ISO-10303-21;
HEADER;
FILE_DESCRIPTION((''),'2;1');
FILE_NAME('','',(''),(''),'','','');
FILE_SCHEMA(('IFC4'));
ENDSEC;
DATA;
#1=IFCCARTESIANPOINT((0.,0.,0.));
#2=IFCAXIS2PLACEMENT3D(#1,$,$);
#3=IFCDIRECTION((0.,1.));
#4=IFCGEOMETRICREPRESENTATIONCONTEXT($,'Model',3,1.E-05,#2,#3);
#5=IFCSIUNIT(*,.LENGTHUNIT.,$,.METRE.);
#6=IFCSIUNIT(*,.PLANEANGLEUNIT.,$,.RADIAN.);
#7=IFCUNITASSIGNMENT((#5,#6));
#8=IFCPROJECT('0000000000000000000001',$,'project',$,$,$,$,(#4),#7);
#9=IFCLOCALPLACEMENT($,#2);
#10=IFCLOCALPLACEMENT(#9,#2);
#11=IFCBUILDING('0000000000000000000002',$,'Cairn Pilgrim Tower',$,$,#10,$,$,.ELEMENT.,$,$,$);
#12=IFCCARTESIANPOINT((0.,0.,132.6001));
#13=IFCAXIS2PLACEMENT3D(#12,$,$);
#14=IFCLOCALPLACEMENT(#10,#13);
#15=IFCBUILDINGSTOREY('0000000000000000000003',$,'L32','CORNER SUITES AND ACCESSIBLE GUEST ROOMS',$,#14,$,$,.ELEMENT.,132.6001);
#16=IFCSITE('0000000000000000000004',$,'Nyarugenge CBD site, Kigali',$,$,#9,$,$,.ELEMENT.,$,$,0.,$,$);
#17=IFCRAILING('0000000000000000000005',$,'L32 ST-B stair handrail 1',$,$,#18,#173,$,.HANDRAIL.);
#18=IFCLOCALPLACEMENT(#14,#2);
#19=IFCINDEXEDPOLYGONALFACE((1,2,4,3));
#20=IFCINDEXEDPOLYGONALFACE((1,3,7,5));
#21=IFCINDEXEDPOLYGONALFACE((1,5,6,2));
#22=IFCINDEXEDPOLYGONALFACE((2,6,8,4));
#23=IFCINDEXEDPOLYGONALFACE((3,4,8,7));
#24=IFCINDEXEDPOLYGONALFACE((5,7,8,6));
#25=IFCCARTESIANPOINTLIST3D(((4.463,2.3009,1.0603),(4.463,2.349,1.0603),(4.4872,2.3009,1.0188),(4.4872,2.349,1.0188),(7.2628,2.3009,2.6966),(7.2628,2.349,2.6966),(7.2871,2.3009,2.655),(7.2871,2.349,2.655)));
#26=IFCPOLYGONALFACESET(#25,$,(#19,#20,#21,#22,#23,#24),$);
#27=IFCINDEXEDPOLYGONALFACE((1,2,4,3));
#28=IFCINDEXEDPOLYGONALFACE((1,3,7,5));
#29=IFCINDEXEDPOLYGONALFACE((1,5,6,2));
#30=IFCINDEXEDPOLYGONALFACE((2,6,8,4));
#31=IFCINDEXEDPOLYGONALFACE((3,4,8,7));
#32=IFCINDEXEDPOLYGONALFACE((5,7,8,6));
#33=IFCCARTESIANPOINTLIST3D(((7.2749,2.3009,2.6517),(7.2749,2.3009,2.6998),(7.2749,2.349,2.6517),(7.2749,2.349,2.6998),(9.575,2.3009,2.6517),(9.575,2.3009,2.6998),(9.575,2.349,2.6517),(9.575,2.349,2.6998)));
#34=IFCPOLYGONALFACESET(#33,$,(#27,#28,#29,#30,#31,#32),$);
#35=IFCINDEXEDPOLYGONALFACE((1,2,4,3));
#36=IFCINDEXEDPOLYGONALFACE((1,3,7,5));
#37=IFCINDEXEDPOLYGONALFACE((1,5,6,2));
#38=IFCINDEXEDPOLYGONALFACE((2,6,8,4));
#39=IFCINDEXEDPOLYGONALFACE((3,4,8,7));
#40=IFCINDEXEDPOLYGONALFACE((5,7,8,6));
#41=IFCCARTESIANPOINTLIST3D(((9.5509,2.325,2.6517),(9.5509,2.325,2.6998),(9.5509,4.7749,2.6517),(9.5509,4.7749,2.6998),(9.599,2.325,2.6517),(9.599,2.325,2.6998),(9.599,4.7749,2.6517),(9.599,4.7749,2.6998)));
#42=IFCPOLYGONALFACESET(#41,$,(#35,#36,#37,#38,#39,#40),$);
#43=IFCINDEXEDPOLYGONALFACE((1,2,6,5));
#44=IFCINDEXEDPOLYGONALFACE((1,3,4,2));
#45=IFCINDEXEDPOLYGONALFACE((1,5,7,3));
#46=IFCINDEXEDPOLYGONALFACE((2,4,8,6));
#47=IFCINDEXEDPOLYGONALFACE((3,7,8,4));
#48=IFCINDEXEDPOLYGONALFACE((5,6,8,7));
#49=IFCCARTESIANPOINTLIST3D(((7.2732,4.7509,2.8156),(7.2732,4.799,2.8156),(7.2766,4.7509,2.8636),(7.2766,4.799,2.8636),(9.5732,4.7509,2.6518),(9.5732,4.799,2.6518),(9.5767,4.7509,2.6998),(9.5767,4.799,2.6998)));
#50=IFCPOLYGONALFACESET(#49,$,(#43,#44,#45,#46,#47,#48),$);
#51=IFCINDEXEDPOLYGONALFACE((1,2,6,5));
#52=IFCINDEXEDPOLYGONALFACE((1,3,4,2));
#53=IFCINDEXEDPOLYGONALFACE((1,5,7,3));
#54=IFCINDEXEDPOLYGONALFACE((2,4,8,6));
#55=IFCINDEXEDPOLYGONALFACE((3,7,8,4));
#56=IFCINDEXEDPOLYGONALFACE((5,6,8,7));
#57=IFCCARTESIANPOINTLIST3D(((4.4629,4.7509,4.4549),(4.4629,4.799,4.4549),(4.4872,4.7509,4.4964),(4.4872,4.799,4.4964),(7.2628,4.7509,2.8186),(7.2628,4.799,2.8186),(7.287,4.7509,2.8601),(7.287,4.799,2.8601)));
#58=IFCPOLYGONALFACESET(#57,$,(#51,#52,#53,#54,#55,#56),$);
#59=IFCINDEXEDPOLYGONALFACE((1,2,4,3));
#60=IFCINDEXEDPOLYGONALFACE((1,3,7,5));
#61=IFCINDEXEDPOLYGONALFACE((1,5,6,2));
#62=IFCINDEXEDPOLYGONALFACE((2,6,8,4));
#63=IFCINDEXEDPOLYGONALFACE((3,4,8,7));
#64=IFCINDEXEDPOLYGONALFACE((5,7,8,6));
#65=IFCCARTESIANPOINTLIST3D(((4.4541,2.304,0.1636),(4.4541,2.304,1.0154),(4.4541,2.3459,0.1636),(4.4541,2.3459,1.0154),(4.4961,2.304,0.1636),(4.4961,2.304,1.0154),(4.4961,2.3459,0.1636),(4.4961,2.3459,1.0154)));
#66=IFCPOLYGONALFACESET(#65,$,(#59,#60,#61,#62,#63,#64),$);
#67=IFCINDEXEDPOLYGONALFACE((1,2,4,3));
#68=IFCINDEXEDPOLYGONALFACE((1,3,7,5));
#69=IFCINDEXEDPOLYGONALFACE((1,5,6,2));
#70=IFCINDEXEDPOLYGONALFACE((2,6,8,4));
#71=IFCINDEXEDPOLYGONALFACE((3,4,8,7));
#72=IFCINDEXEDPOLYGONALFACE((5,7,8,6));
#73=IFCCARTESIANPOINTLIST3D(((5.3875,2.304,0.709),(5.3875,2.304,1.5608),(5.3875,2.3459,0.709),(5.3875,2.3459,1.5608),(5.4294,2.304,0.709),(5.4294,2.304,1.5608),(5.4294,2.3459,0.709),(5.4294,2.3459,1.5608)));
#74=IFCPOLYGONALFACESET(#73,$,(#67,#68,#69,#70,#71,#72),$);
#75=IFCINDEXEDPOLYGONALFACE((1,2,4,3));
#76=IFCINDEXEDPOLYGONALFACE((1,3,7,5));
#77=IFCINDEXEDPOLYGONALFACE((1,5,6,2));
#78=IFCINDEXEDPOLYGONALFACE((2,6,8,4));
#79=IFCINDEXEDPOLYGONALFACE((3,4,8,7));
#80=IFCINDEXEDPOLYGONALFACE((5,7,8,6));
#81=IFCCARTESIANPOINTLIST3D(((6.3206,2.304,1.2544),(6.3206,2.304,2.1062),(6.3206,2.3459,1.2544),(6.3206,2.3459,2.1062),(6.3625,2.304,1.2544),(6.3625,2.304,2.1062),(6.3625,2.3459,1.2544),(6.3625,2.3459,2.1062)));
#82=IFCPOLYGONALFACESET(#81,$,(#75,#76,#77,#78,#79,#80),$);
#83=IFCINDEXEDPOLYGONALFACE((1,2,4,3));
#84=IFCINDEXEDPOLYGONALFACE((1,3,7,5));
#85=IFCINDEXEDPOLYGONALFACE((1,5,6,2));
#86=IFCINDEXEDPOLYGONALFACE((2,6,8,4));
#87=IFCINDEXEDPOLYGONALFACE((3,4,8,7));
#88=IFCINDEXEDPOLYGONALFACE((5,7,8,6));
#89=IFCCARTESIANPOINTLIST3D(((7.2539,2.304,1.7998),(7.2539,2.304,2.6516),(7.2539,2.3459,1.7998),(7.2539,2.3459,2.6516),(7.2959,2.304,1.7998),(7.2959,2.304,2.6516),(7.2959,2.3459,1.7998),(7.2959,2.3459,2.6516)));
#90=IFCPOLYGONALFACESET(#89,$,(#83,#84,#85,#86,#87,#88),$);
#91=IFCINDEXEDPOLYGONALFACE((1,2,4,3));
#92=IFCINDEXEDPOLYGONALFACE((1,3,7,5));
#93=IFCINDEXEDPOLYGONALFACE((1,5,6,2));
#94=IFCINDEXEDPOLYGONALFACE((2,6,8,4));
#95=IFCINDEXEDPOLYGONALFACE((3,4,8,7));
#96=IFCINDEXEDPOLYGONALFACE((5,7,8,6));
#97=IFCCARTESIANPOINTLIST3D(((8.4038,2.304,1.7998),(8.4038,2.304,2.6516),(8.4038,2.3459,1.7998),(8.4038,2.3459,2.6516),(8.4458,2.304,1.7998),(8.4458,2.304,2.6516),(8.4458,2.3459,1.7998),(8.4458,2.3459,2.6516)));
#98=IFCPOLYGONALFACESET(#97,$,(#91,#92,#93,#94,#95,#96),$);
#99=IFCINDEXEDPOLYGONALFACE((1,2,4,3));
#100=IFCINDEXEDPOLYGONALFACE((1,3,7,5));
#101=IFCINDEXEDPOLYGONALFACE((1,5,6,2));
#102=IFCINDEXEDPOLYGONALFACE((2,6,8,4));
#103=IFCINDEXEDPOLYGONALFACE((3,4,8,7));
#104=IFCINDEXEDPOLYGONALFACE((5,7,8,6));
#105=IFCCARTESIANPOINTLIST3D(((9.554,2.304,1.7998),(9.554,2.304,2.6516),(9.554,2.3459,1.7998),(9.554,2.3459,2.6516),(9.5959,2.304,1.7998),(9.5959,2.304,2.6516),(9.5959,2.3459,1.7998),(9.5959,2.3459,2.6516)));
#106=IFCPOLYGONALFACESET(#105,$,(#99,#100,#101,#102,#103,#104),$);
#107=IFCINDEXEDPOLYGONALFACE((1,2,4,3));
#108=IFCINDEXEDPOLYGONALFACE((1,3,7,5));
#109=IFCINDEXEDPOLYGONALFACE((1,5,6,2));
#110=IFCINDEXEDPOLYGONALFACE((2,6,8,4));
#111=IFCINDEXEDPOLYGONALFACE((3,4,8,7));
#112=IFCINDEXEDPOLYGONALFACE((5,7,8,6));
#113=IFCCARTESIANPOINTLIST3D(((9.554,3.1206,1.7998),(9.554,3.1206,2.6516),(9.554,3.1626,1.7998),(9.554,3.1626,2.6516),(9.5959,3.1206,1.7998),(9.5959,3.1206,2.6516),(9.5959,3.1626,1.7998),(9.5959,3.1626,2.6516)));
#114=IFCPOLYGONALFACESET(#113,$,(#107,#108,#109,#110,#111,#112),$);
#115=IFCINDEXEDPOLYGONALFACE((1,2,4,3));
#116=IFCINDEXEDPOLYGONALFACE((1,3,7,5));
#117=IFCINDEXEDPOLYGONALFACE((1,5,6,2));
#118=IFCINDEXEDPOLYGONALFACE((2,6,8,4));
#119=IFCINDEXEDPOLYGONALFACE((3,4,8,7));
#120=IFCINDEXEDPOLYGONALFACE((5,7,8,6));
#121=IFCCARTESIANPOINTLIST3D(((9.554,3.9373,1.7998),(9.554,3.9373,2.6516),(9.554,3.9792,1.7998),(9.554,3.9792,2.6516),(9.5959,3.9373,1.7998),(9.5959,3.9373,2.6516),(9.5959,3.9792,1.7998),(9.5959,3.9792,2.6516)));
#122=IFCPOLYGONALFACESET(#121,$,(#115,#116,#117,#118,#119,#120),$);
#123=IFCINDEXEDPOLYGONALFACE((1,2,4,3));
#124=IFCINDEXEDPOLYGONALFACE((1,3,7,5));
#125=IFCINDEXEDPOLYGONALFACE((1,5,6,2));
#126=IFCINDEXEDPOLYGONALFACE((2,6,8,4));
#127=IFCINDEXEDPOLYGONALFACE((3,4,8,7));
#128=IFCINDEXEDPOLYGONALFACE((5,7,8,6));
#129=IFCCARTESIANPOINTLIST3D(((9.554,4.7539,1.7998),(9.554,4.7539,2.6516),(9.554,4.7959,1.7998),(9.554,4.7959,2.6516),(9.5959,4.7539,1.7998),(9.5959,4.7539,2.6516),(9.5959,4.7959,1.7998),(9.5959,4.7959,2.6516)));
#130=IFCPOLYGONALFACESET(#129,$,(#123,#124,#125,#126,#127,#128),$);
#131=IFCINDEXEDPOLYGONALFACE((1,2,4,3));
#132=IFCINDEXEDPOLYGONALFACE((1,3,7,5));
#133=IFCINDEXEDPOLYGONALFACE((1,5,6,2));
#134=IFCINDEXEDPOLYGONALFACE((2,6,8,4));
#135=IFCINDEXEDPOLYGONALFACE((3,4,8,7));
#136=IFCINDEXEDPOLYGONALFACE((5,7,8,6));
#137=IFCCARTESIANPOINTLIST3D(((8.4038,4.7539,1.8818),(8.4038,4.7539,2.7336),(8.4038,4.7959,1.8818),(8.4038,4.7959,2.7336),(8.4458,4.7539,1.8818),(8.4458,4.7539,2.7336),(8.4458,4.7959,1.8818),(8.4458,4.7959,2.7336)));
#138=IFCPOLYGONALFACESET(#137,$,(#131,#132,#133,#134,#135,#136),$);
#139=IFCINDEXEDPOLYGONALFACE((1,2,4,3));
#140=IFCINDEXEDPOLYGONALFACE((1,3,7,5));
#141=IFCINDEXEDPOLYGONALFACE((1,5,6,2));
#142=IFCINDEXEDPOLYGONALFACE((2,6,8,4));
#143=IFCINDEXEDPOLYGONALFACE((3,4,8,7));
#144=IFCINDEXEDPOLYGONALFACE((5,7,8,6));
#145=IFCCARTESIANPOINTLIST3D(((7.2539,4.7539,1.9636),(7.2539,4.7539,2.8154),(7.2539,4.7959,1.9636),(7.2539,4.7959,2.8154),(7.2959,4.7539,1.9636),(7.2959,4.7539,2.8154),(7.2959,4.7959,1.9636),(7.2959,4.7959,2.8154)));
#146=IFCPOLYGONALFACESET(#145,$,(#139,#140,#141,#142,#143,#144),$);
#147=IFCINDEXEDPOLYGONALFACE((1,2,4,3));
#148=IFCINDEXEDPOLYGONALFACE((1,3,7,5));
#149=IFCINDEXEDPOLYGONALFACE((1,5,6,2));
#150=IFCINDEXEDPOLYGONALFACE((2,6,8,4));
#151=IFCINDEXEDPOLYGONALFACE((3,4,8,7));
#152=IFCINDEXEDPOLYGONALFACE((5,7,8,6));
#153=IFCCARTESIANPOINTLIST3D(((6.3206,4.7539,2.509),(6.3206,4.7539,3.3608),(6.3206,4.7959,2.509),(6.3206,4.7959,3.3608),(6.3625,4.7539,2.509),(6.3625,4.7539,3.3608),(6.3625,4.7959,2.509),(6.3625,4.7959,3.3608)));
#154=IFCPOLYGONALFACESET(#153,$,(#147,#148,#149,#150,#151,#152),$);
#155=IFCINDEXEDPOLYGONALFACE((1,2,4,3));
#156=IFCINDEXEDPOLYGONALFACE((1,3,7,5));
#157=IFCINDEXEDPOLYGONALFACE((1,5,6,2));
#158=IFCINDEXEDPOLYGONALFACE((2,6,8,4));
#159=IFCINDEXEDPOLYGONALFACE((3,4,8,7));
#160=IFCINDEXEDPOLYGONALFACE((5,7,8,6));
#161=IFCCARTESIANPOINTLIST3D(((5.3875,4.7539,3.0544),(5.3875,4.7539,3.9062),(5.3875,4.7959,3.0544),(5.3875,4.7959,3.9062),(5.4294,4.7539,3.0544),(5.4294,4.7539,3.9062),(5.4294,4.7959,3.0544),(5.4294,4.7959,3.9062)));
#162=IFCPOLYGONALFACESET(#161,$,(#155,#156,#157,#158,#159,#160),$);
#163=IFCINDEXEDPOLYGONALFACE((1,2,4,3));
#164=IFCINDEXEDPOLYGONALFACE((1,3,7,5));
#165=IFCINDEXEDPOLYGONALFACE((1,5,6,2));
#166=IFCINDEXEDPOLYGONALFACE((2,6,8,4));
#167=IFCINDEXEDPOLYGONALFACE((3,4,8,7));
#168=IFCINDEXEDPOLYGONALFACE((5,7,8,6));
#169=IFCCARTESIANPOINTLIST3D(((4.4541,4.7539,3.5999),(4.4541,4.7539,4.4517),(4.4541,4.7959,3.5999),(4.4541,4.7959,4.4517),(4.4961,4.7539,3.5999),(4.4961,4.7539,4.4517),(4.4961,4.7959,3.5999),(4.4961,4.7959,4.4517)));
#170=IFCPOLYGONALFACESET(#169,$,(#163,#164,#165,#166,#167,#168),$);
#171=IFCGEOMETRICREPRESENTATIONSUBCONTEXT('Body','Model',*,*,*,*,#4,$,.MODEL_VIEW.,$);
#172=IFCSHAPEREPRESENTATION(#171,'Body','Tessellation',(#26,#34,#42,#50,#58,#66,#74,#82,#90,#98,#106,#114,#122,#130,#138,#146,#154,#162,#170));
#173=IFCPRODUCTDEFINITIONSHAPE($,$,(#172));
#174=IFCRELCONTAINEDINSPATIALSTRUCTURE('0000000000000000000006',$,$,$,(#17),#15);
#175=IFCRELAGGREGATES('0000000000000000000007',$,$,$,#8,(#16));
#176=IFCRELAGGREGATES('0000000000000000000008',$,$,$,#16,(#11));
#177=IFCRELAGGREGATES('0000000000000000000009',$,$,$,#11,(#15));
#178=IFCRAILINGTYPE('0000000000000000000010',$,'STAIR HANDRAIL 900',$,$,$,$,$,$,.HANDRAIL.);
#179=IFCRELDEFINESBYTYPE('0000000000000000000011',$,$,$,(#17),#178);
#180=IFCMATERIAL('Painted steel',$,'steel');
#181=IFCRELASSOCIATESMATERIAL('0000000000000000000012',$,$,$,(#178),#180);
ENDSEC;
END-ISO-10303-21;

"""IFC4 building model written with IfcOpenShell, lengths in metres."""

from ifc_helpers import new_model, si_unit, direction, frame, origin, origin_2d, place, context, subcontext, project, spatial, rectangle, extrude, material, type_object, element, save


model = new_model("IFC4")

# Units and contexts
model_context = context("Model", 3, precision=1e-05, world=origin(), true_north=direction((0.0, 1.0)))
body_context = subcontext(model_context, "Body", "Model", "MODEL_VIEW")
ifc_project = project(units=[si_unit("LENGTHUNIT", "METRE"), si_unit("PLANEANGLEUNIT", "RADIAN")], contexts=[model_context])

# Site, building, storey
site_placement = place(None, origin())
site = spatial("IfcSite", under=ifc_project, at=site_placement, Name="Nyarugenge CBD site, Kigali", CompositionType="ELEMENT", RefElevation=0.0)
building_placement = place(site_placement, origin())
building = spatial("IfcBuilding", under=site, at=building_placement, Name="Cairn Pilgrim Tower", CompositionType="ELEMENT")
storey_placement = place(building_placement, frame((0.0, 0.0, 132.6001)))
storey = spatial("IfcBuildingStorey", under=building, at=storey_placement, Name="L32", Description="CORNER SUITES AND ACCESSIBLE GUEST ROOMS", CompositionType="ELEMENT", Elevation=132.6001)

# Shared definitions
ifc_material_1 = material(Name="Painted steel", Category="steel")

# Railing
railing_type = type_object("IfcRailingType", Name="STAIR HANDRAIL 900", PredefinedType="HANDRAIL", material=ifc_material_1)
railing_placement = place(storey_placement, frame((4.4751, 2.325, 0.1636)))
element("IfcRailing", 1, at=railing_placement, inside=storey, type_object=railing_type, Name="L32 ST-B stair handrail 1", PredefinedType="HANDRAIL", context=body_context, shape_type="SweptSolid", body=[
    extrude(rectangle(XDim=0.0481, YDim=0.0481, at=origin_2d()), frame((0.0, 0.0, 0.876), z_axis=(0.863374, 0.0, 0.504564), x_axis=(0.0, 1.0, 0.0)), (0.0, 0.0, 1.0), 3.2429),
    extrude(rectangle(XDim=0.0481, YDim=0.0481, at=origin_2d()), frame((2.7998, 0.0, 2.5122), z_axis=(1.0, 0.0, 0.0), x_axis=(0.0, 1.0, 0.0)), (0.0, 0.0, 1.0), 2.3),
    extrude(rectangle(XDim=0.0481, YDim=0.0481, at=origin_2d()), frame((5.0999, 0.0, 2.5122), z_axis=(0.0, 1.0, 0.0), x_axis=(-1.0, 0.0, 0.0)), (0.0, 0.0, 1.0), 2.45),
    extrude(rectangle(XDim=0.0481, YDim=0.0481, at=origin_2d()), frame((5.0999, 2.45, 2.5122), z_axis=(-0.997473, 0.0, 0.071044), x_axis=(0.0, -1.0, 0.0)), (0.0, 0.0, 1.0), 2.3059),
    extrude(rectangle(XDim=0.0481, YDim=0.0481, at=origin_2d()), frame((2.7998, 2.45, 2.6758), z_axis=(-0.863374, 0.0, 0.504564), x_axis=(0.0, -1.0, 0.0)), (0.0, 0.0, 1.0), 3.2429),
    extrude(rectangle(XDim=0.042, YDim=0.042, at=origin_2d()), origin(), (0.0, 0.0, 1.0), 0.8518),
    extrude(rectangle(XDim=0.042, YDim=0.042, at=origin_2d()), frame((0.9333, 0.0, 0.5454)), (0.0, 0.0, 1.0), 0.8518),
    extrude(rectangle(XDim=0.042, YDim=0.042, at=origin_2d()), frame((1.8665, 0.0, 1.0908)), (0.0, 0.0, 1.0), 0.8518),
    extrude(rectangle(XDim=0.042, YDim=0.042, at=origin_2d()), frame((2.7998, 0.0, 1.6362)), (0.0, 0.0, 1.0), 0.8518),
    extrude(rectangle(XDim=0.042, YDim=0.042, at=origin_2d()), frame((3.9497, 0.0, 1.6362)), (0.0, 0.0, 1.0), 0.8518),
    extrude(rectangle(XDim=0.042, YDim=0.042, at=origin_2d()), frame((5.0999, 0.0, 1.6362)), (0.0, 0.0, 1.0), 0.8518),
    extrude(rectangle(XDim=0.042, YDim=0.042, at=origin_2d()), frame((5.0999, 0.8167, 1.6362)), (0.0, 0.0, 1.0), 0.8518),
    extrude(rectangle(XDim=0.042, YDim=0.042, at=origin_2d()), frame((5.0999, 1.6333, 1.6362)), (0.0, 0.0, 1.0), 0.8518),
    extrude(rectangle(XDim=0.042, YDim=0.042, at=origin_2d()), frame((5.0999, 2.45, 1.6362)), (0.0, 0.0, 1.0), 0.8518),
    extrude(rectangle(XDim=0.042, YDim=0.042, at=origin_2d()), frame((3.9497, 2.45, 1.7183)), (0.0, 0.0, 1.0), 0.8518),
    extrude(rectangle(XDim=0.042, YDim=0.042, at=origin_2d()), frame((2.7998, 2.45, 1.8)), (0.0, 0.0, 1.0), 0.8518),
    extrude(rectangle(XDim=0.042, YDim=0.042, at=origin_2d()), frame((1.8665, 2.45, 2.3455)), (0.0, 0.0, 1.0), 0.8518),
    extrude(rectangle(XDim=0.042, YDim=0.042, at=origin_2d()), frame((0.9333, 2.45, 2.8909)), (0.0, 0.0, 1.0), 0.8518),
    extrude(rectangle(XDim=0.042, YDim=0.042, at=origin_2d()), frame((0.0, 2.45, 3.4363)), (0.0, 0.0, 1.0), 0.8518),
])

save(model, "model.ifc")
